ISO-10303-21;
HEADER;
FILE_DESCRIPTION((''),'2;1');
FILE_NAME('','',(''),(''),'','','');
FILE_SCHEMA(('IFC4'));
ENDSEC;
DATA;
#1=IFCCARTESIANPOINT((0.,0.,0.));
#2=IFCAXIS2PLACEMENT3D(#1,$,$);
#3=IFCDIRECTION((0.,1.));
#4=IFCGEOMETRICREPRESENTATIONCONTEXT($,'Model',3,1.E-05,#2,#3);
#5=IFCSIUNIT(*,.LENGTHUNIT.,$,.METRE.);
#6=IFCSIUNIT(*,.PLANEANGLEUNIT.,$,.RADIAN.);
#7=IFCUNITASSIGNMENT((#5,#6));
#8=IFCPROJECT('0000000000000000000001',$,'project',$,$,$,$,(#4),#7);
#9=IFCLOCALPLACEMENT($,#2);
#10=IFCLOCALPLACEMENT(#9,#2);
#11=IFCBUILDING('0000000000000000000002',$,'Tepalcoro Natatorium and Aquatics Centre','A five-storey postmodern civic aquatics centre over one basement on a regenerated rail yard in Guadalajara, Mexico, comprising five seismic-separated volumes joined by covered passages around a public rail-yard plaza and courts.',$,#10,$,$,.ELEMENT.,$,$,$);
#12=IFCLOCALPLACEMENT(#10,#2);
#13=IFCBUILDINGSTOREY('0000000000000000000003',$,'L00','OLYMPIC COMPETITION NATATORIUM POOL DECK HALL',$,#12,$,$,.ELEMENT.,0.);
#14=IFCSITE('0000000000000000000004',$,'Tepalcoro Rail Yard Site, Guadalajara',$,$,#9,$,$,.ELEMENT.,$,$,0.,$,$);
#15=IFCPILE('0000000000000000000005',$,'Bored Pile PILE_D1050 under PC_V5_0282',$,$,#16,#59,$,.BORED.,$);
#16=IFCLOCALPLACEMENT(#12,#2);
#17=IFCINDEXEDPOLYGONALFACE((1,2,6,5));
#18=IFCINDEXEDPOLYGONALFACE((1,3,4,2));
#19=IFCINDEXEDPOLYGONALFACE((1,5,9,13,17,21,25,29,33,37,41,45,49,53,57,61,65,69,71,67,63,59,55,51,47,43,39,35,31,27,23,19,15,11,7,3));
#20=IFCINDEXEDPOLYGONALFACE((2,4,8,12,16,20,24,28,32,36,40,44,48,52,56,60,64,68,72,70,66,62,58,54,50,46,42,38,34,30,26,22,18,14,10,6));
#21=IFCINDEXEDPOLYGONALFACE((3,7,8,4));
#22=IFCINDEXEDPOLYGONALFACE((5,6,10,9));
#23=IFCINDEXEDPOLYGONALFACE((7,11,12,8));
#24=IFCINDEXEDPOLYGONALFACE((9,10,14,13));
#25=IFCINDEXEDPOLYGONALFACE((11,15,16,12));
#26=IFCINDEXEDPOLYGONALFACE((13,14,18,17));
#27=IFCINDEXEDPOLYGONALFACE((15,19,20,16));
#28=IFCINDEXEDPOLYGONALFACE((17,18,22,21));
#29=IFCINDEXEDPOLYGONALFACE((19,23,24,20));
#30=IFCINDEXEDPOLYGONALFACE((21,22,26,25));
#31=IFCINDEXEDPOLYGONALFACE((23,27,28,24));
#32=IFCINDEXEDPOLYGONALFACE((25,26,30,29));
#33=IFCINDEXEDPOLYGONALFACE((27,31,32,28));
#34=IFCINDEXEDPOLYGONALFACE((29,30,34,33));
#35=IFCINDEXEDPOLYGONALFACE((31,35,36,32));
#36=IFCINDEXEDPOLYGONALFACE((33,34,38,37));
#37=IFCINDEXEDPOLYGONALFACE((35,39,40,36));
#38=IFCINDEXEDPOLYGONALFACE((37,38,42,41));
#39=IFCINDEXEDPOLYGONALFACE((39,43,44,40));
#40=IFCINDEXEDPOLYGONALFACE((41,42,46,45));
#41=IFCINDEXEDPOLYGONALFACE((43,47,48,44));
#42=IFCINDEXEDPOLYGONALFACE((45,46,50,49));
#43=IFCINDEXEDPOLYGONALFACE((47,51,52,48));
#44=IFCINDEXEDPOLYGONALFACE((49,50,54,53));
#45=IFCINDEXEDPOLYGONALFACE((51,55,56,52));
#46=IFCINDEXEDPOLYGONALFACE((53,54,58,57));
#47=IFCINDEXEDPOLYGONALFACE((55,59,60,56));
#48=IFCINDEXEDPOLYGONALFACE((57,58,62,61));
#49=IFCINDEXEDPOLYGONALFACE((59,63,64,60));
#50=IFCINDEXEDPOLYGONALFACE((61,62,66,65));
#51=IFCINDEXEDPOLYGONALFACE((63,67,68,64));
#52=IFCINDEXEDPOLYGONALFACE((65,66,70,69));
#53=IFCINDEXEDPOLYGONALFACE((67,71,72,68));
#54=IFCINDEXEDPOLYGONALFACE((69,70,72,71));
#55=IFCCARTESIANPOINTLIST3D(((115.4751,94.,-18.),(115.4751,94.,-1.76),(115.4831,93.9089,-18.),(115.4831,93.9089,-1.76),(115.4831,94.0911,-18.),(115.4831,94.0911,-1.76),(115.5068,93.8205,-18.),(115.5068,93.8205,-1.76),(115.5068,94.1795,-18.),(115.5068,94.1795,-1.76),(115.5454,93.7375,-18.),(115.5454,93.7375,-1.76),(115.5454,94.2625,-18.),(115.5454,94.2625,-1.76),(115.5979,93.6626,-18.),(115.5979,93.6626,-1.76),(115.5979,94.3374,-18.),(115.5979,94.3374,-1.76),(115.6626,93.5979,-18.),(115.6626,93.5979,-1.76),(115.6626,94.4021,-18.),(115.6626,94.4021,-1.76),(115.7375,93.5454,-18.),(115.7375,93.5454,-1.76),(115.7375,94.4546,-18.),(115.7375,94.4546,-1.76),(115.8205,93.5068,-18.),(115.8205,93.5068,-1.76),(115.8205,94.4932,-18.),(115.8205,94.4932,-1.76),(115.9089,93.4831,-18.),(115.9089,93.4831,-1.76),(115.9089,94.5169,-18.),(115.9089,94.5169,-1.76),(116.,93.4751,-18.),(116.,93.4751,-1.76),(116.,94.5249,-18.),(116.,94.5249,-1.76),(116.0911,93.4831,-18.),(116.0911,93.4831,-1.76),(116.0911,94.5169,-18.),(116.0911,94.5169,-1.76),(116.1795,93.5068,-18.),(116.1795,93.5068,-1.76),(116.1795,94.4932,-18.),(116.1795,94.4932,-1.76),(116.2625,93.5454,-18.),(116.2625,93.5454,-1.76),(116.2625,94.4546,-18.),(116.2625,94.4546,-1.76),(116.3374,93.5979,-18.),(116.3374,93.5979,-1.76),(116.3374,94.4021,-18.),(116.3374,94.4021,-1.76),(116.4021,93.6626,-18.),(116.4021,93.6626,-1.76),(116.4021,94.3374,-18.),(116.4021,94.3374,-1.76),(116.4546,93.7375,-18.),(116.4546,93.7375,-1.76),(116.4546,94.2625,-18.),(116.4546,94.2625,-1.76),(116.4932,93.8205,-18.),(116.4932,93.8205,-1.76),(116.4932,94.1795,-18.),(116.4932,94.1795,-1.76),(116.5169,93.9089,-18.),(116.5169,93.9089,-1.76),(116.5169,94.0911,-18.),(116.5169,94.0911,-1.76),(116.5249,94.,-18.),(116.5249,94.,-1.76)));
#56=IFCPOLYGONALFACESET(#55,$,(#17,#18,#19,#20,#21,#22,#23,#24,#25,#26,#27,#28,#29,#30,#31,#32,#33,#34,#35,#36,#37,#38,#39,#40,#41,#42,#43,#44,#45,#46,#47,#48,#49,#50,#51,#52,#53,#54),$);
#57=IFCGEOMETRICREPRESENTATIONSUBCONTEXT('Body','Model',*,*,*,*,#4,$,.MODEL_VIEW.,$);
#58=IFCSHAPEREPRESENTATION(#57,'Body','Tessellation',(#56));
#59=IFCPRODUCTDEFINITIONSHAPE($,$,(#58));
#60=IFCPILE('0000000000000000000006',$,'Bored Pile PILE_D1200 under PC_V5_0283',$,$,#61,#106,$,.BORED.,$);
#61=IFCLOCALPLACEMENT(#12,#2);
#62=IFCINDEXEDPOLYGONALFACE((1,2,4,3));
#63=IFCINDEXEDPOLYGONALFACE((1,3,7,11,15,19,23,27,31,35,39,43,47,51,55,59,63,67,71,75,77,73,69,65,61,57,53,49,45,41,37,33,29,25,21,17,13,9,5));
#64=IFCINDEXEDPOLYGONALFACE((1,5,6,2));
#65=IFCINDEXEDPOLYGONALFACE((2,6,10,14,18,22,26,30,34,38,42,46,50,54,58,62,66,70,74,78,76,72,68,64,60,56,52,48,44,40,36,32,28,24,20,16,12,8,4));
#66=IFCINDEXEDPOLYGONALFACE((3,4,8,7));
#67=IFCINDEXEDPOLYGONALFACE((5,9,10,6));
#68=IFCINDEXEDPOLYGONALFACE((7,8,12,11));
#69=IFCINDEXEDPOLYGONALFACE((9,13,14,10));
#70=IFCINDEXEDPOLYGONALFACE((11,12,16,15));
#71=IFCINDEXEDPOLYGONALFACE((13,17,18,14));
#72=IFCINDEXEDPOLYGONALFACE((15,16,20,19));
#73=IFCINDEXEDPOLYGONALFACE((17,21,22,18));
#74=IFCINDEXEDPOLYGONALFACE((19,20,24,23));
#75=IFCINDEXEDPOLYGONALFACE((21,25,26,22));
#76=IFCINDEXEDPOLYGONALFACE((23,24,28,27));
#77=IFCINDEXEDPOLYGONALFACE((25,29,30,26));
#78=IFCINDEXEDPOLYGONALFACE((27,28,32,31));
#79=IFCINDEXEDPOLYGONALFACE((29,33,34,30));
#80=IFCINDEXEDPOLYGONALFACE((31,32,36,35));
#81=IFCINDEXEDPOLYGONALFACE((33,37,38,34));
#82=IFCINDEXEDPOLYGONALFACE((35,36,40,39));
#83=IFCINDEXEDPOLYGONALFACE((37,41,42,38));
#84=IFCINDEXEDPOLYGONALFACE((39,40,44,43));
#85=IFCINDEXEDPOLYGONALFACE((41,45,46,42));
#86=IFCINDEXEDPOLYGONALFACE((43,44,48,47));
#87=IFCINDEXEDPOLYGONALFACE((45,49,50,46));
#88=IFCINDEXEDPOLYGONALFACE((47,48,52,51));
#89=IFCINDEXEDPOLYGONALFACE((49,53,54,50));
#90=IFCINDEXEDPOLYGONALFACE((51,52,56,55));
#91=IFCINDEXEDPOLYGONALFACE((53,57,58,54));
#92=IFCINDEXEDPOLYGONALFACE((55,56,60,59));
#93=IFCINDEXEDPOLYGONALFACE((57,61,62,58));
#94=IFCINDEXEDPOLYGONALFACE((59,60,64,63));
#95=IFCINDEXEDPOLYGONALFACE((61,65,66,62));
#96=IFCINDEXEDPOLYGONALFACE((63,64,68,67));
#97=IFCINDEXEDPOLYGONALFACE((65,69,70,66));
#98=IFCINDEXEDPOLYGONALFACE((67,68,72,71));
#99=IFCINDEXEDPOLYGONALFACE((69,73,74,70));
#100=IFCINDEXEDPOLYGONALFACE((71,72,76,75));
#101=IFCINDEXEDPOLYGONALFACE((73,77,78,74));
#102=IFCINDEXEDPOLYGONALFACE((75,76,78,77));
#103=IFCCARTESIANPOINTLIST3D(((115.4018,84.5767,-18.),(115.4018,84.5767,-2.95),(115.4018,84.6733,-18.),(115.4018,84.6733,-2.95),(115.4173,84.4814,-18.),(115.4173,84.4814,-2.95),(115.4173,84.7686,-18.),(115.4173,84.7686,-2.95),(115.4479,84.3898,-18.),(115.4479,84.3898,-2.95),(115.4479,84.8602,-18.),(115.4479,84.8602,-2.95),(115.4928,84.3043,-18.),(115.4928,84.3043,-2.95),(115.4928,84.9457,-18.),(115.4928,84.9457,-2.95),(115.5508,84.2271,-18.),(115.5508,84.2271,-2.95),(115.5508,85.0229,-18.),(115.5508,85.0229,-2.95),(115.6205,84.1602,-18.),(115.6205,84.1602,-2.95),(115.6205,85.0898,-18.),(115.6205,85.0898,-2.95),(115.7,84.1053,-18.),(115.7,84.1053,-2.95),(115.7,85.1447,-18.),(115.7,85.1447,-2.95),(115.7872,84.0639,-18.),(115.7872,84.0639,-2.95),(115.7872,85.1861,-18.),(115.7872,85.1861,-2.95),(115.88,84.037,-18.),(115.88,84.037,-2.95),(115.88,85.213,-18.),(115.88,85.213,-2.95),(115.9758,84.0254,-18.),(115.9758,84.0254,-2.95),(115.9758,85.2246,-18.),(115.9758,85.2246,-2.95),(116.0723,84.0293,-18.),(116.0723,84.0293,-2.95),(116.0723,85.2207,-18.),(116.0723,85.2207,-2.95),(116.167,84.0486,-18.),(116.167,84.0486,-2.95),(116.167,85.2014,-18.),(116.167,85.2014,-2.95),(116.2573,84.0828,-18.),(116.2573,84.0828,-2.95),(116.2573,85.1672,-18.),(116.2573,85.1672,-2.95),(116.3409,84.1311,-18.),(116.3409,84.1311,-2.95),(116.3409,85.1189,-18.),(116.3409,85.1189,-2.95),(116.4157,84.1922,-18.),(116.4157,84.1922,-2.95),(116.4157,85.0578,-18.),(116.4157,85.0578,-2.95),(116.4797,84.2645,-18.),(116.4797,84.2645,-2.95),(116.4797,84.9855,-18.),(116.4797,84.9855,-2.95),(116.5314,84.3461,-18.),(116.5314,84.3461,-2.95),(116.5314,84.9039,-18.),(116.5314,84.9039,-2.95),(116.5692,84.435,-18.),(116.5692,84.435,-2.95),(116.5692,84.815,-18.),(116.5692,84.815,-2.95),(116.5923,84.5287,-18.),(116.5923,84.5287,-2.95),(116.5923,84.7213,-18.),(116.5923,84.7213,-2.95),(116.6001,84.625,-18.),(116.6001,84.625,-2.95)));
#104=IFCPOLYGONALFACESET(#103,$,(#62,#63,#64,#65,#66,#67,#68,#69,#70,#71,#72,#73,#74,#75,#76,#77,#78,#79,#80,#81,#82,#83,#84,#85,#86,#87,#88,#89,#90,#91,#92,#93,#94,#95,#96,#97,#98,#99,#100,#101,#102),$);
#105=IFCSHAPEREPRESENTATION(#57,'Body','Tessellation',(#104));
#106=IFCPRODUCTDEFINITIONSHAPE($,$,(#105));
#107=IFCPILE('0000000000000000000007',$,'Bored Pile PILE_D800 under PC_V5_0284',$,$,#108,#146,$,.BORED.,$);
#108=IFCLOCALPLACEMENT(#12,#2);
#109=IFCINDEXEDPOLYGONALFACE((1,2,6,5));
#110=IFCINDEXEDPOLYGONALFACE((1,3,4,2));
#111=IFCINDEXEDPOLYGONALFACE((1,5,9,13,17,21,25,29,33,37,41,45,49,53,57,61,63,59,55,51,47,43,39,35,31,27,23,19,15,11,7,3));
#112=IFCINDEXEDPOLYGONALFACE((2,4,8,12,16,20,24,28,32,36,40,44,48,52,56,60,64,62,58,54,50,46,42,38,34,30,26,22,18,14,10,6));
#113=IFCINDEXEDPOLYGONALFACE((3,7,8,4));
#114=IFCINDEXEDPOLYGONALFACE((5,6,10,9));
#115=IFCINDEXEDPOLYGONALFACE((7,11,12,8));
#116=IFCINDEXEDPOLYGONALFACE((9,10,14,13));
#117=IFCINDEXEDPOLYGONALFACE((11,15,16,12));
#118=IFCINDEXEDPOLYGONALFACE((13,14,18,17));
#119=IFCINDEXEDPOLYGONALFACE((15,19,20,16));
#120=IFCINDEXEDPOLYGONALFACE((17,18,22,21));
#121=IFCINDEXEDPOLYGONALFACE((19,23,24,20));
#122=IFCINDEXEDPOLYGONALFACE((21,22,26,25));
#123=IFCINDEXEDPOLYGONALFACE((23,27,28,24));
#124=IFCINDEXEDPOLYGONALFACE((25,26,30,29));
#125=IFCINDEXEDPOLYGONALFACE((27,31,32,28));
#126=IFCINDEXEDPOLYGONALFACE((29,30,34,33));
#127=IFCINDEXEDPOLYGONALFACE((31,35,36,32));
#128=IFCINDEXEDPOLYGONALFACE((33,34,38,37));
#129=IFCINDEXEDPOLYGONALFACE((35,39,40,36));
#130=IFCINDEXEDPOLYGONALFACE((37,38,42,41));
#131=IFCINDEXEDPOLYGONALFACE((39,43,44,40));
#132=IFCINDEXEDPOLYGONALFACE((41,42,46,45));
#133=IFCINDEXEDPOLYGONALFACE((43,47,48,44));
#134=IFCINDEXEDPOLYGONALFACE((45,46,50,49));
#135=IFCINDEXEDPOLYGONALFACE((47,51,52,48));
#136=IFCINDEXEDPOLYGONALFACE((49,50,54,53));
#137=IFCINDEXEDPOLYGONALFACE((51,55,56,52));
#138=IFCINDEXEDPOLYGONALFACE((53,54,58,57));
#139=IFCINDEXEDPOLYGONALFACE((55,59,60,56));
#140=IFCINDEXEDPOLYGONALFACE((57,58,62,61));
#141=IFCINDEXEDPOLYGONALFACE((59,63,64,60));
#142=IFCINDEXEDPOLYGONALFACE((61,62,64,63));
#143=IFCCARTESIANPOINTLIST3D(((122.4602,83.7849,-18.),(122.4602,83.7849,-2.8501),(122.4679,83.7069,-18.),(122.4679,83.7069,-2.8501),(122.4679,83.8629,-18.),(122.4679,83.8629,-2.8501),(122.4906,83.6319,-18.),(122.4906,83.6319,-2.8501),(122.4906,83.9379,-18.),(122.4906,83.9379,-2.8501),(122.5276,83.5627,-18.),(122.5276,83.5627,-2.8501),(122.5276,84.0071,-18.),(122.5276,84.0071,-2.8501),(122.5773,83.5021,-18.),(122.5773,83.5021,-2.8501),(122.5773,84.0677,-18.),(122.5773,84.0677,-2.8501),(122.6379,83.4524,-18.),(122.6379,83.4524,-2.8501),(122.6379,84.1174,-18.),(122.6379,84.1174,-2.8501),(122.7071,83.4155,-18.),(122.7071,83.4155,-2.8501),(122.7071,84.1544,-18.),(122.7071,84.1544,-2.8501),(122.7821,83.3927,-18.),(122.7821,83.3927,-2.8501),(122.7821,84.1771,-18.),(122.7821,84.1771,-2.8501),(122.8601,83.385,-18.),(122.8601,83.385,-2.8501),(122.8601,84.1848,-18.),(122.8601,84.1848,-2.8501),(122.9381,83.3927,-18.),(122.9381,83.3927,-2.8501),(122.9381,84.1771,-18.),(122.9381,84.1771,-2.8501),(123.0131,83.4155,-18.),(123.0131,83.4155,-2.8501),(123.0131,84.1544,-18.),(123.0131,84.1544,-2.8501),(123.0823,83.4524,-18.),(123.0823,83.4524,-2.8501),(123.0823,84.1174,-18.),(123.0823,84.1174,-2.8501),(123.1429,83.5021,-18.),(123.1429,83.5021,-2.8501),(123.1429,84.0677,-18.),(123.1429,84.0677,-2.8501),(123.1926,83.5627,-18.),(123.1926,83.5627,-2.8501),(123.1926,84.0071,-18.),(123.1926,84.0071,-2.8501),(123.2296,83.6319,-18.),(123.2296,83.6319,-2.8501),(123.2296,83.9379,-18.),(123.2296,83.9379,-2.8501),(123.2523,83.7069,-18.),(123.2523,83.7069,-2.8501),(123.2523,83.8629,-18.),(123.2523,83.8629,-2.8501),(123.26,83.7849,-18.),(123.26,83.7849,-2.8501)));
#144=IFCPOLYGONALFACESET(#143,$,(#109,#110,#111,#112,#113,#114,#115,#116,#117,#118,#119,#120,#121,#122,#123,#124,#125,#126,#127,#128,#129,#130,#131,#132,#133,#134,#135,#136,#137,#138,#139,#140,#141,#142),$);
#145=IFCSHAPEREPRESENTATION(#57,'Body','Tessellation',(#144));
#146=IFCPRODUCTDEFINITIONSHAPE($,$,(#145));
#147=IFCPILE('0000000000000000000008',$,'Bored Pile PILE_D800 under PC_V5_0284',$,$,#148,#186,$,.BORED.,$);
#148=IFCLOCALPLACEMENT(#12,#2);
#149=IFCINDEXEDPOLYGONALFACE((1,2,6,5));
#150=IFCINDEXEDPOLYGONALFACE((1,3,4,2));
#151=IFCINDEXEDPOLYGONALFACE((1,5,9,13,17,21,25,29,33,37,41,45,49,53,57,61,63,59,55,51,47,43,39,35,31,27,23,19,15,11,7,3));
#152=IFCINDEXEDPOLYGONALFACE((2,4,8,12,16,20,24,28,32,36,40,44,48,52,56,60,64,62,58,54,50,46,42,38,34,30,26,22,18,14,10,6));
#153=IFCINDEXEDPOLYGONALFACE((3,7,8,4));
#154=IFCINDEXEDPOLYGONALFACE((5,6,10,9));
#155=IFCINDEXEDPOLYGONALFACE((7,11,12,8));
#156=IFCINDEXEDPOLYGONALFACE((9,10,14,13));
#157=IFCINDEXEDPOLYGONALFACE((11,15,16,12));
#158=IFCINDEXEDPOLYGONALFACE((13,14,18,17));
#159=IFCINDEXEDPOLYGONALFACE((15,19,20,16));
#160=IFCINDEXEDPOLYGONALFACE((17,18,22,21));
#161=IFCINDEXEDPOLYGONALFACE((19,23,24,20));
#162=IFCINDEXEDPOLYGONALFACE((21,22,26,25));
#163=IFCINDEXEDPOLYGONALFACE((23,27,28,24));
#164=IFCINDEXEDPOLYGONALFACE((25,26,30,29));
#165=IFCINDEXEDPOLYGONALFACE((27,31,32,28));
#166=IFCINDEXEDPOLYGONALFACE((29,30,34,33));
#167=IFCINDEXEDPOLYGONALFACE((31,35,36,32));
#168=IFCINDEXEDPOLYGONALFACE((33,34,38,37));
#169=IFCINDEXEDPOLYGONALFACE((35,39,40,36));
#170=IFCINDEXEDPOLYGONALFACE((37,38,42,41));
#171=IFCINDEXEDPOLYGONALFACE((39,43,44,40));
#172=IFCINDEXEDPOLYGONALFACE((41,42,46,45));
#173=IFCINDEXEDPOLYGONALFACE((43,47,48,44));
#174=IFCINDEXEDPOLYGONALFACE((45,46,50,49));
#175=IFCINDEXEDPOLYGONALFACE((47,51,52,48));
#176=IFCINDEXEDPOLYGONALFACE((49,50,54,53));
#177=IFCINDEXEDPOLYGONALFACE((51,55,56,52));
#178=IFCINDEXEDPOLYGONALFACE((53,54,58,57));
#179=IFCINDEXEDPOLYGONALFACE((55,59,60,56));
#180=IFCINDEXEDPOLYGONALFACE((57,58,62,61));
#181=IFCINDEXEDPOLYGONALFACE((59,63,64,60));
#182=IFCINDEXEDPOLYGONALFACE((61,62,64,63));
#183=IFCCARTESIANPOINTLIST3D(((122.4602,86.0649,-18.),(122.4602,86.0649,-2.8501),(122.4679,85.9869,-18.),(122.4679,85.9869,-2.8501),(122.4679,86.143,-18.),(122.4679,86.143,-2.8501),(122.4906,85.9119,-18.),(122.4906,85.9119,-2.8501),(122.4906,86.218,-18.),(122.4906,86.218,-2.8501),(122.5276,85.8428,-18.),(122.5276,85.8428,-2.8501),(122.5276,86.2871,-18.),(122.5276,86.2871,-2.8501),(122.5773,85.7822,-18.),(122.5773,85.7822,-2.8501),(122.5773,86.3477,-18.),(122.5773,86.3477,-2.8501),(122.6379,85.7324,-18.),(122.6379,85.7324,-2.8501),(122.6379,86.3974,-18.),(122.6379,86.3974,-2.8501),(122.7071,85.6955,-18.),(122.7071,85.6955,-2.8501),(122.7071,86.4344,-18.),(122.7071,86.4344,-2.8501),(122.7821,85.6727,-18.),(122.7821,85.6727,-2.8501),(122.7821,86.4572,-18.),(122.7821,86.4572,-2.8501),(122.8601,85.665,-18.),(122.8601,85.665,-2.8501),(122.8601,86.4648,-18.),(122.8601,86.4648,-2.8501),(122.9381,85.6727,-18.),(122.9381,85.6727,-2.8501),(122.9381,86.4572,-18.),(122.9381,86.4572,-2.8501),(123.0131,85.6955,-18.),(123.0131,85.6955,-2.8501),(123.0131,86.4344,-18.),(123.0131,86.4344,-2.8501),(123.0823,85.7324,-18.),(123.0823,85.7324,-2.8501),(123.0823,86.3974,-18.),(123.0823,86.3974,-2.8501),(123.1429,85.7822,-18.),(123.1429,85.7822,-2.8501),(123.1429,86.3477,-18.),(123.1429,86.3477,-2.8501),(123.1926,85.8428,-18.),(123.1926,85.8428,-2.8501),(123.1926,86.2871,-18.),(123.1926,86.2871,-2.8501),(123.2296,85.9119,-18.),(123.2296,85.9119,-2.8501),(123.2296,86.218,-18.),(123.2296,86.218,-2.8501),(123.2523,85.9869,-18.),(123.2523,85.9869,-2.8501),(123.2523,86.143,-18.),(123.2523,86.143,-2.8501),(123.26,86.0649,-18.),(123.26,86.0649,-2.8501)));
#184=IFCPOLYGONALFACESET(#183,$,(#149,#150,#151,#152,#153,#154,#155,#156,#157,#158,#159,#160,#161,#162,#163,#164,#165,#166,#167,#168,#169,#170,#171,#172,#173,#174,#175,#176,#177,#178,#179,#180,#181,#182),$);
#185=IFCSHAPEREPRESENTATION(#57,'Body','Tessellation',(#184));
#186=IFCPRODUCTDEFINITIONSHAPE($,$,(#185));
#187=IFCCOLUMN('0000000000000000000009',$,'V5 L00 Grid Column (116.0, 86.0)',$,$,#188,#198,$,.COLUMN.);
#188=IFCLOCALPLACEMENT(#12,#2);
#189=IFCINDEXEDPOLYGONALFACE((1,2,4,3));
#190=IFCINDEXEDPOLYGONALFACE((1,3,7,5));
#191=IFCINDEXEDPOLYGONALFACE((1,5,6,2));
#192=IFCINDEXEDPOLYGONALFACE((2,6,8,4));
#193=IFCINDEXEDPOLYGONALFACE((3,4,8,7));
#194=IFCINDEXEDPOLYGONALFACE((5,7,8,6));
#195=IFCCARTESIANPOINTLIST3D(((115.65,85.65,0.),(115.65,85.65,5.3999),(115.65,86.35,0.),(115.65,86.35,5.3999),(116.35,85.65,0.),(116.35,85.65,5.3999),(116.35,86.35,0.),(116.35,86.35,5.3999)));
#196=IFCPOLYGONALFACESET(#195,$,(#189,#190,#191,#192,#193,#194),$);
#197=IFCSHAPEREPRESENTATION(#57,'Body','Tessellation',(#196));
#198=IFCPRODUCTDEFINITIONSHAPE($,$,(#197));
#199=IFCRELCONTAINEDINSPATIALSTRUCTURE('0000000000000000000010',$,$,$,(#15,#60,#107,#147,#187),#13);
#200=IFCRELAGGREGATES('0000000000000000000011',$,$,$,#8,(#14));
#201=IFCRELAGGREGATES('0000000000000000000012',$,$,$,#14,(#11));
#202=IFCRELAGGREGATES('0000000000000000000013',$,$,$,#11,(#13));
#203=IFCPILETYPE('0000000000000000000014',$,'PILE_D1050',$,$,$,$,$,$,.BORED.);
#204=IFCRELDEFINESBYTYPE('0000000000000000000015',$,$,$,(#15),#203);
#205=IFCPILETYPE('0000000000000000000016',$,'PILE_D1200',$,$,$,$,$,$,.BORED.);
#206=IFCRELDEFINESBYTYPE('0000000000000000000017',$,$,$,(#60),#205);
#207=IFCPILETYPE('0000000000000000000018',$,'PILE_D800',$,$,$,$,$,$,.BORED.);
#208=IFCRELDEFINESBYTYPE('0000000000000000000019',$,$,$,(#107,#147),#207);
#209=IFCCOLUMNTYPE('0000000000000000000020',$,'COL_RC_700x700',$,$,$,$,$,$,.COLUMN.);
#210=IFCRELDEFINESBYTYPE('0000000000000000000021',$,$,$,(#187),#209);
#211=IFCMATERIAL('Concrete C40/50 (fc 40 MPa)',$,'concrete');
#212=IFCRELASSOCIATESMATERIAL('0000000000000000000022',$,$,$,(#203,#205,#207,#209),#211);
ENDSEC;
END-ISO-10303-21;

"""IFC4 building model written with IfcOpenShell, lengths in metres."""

from ifc_helpers import new_model, si_unit, direction, frame, origin, origin_2d, place, context, subcontext, project, spatial, rectangle, circle, extrude, material, material_profile, profile_set, type_object, element, save


model = new_model("IFC4")

# Units and contexts
model_context = context("Model", 3, precision=1e-05, world=origin(), true_north=direction((0.0, 1.0)))
body_context = subcontext(model_context, "Body", "Model", "MODEL_VIEW")
ifc_project = project(units=[si_unit("LENGTHUNIT", "METRE"), si_unit("PLANEANGLEUNIT", "RADIAN")], contexts=[model_context])

# Site, building, storey
site_placement = place(None, origin())
site = spatial("IfcSite", under=ifc_project, at=site_placement, Name="Tepalcoro Rail Yard Site, Guadalajara", CompositionType="ELEMENT", RefElevation=0.0)
building_placement = place(site_placement, origin())
building = spatial("IfcBuilding", under=site, at=building_placement, Name="Tepalcoro Natatorium and Aquatics Centre", Description="A five-storey postmodern civic aquatics centre over one basement on a regenerated rail yard in Guadalajara, Mexico, comprising five seismic-separated volumes joined by covered passages around a public rail-yard plaza and courts.", CompositionType="ELEMENT")
storey_placement = place(building_placement, origin())
storey = spatial("IfcBuildingStorey", under=building, at=storey_placement, Name="L00", Description="OLYMPIC COMPETITION NATATORIUM POOL DECK HALL", CompositionType="ELEMENT", Elevation=0.0)

# Piles
ifc_material_1 = material(Name="Concrete C40/50 (fc 40 MPa)", Category="concrete")
ifc_material_profile_1 = material_profile(ifc_material_1, circle(Radius=0.5249, at=origin_2d()), Name="PILE_D1050")
ifc_profile_set_1 = profile_set([ifc_material_profile_1], Name="Concrete C40/50 (fc 40 MPa)")
pile_type_1 = type_object("IfcPileType", Name="PILE_D1050", PredefinedType="BORED", material=ifc_profile_set_1)
pile_1_placement = place(storey_placement, frame((116.0, 94.0, -1.76), z_axis=(0.0, 0.0, -1.0), x_axis=(1.0, 0.0, 0.0)))
element("IfcPile", 1, at=pile_1_placement, inside=storey, type_object=pile_type_1, Name="Bored Pile PILE_D1050 under PC_V5_0282", PredefinedType="BORED", context=body_context, shape_type="SweptSolid", body=[
    extrude(circle(Radius=0.5249, at=origin_2d()), origin(), (0.0, 0.0, 1.0), 16.24),
])
ifc_material_profile_2 = material_profile(ifc_material_1, circle(Radius=0.6001, at=origin_2d()), Name="PILE_D1200")
ifc_profile_set_2 = profile_set([ifc_material_profile_2], Name="Concrete C40/50 (fc 40 MPa)")
pile_type_2 = type_object("IfcPileType", Name="PILE_D1200", PredefinedType="BORED", material=ifc_profile_set_2)
pile_2_placement = place(storey_placement, frame((116.0, 84.625, -2.95), z_axis=(0.0, 0.0, -1.0), x_axis=(1.0, 0.0, 0.0)))
element("IfcPile", 2, at=pile_2_placement, inside=storey, type_object=pile_type_2, Name="Bored Pile PILE_D1200 under PC_V5_0283", PredefinedType="BORED", context=body_context, shape_type="SweptSolid", body=[
    extrude(circle(Radius=0.6001, at=origin_2d()), origin(), (0.0, 0.0, 1.0), 15.05),
])
ifc_material_profile_3 = material_profile(ifc_material_1, circle(Radius=0.3999, at=origin_2d()), Name="PILE_D800")
ifc_profile_set_3 = profile_set([ifc_material_profile_3], Name="Concrete C40/50 (fc 40 MPa)")
pile_type_3 = type_object("IfcPileType", Name="PILE_D800", PredefinedType="BORED", material=ifc_profile_set_3)
for number, where, z_axis, x_axis, name in (
    (3, (122.8601, 83.7849, -2.8501), (0.0, 0.0, -1.0), (1.0, 0.0, 0.0), "Bored Pile PILE_D800 under PC_V5_0284"),
    (4, (122.8601, 86.0649, -2.8501), (0.0, 0.0, -1.0), (1.0, 0.0, 0.0), "Bored Pile PILE_D800 under PC_V5_0284"),
):
    element("IfcPile", number, at=place(storey_placement, frame(where, z_axis=z_axis, x_axis=x_axis)), inside=storey, type_object=pile_type_3, Name=name, PredefinedType="BORED", context=body_context, shape_type="SweptSolid", body=[
        extrude(circle(Radius=0.3999, at=origin_2d()), origin(), (0.0, 0.0, 1.0), 15.1499),
    ])

# Column
ifc_material_profile_4 = material_profile(ifc_material_1, rectangle(XDim=0.7, YDim=0.7, at=origin_2d()), Name="RC700x700")
ifc_profile_set_4 = profile_set([ifc_material_profile_4], Name="Concrete C40/50 (fc 40 MPa)")
column_type_1 = type_object("IfcColumnType", Name="COL_RC_700x700", PredefinedType="COLUMN", material=ifc_profile_set_4)
column_1_placement = place(storey_placement, frame((116.0, 86.0, 0.0), z_axis=(0.0, 0.0, 1.0), x_axis=(1.0, 0.0, 0.0)))
element("IfcColumn", 5, at=column_1_placement, inside=storey, type_object=column_type_1, Name="V5 L00 Grid Column (116.0, 86.0)", PredefinedType="COLUMN", context=body_context, shape_type="SweptSolid", body=[
    extrude(rectangle(XDim=0.7, YDim=0.7, at=origin_2d()), origin(), (0.0, 0.0, 1.0), 5.3999),
])

save(model, "model.ifc")
